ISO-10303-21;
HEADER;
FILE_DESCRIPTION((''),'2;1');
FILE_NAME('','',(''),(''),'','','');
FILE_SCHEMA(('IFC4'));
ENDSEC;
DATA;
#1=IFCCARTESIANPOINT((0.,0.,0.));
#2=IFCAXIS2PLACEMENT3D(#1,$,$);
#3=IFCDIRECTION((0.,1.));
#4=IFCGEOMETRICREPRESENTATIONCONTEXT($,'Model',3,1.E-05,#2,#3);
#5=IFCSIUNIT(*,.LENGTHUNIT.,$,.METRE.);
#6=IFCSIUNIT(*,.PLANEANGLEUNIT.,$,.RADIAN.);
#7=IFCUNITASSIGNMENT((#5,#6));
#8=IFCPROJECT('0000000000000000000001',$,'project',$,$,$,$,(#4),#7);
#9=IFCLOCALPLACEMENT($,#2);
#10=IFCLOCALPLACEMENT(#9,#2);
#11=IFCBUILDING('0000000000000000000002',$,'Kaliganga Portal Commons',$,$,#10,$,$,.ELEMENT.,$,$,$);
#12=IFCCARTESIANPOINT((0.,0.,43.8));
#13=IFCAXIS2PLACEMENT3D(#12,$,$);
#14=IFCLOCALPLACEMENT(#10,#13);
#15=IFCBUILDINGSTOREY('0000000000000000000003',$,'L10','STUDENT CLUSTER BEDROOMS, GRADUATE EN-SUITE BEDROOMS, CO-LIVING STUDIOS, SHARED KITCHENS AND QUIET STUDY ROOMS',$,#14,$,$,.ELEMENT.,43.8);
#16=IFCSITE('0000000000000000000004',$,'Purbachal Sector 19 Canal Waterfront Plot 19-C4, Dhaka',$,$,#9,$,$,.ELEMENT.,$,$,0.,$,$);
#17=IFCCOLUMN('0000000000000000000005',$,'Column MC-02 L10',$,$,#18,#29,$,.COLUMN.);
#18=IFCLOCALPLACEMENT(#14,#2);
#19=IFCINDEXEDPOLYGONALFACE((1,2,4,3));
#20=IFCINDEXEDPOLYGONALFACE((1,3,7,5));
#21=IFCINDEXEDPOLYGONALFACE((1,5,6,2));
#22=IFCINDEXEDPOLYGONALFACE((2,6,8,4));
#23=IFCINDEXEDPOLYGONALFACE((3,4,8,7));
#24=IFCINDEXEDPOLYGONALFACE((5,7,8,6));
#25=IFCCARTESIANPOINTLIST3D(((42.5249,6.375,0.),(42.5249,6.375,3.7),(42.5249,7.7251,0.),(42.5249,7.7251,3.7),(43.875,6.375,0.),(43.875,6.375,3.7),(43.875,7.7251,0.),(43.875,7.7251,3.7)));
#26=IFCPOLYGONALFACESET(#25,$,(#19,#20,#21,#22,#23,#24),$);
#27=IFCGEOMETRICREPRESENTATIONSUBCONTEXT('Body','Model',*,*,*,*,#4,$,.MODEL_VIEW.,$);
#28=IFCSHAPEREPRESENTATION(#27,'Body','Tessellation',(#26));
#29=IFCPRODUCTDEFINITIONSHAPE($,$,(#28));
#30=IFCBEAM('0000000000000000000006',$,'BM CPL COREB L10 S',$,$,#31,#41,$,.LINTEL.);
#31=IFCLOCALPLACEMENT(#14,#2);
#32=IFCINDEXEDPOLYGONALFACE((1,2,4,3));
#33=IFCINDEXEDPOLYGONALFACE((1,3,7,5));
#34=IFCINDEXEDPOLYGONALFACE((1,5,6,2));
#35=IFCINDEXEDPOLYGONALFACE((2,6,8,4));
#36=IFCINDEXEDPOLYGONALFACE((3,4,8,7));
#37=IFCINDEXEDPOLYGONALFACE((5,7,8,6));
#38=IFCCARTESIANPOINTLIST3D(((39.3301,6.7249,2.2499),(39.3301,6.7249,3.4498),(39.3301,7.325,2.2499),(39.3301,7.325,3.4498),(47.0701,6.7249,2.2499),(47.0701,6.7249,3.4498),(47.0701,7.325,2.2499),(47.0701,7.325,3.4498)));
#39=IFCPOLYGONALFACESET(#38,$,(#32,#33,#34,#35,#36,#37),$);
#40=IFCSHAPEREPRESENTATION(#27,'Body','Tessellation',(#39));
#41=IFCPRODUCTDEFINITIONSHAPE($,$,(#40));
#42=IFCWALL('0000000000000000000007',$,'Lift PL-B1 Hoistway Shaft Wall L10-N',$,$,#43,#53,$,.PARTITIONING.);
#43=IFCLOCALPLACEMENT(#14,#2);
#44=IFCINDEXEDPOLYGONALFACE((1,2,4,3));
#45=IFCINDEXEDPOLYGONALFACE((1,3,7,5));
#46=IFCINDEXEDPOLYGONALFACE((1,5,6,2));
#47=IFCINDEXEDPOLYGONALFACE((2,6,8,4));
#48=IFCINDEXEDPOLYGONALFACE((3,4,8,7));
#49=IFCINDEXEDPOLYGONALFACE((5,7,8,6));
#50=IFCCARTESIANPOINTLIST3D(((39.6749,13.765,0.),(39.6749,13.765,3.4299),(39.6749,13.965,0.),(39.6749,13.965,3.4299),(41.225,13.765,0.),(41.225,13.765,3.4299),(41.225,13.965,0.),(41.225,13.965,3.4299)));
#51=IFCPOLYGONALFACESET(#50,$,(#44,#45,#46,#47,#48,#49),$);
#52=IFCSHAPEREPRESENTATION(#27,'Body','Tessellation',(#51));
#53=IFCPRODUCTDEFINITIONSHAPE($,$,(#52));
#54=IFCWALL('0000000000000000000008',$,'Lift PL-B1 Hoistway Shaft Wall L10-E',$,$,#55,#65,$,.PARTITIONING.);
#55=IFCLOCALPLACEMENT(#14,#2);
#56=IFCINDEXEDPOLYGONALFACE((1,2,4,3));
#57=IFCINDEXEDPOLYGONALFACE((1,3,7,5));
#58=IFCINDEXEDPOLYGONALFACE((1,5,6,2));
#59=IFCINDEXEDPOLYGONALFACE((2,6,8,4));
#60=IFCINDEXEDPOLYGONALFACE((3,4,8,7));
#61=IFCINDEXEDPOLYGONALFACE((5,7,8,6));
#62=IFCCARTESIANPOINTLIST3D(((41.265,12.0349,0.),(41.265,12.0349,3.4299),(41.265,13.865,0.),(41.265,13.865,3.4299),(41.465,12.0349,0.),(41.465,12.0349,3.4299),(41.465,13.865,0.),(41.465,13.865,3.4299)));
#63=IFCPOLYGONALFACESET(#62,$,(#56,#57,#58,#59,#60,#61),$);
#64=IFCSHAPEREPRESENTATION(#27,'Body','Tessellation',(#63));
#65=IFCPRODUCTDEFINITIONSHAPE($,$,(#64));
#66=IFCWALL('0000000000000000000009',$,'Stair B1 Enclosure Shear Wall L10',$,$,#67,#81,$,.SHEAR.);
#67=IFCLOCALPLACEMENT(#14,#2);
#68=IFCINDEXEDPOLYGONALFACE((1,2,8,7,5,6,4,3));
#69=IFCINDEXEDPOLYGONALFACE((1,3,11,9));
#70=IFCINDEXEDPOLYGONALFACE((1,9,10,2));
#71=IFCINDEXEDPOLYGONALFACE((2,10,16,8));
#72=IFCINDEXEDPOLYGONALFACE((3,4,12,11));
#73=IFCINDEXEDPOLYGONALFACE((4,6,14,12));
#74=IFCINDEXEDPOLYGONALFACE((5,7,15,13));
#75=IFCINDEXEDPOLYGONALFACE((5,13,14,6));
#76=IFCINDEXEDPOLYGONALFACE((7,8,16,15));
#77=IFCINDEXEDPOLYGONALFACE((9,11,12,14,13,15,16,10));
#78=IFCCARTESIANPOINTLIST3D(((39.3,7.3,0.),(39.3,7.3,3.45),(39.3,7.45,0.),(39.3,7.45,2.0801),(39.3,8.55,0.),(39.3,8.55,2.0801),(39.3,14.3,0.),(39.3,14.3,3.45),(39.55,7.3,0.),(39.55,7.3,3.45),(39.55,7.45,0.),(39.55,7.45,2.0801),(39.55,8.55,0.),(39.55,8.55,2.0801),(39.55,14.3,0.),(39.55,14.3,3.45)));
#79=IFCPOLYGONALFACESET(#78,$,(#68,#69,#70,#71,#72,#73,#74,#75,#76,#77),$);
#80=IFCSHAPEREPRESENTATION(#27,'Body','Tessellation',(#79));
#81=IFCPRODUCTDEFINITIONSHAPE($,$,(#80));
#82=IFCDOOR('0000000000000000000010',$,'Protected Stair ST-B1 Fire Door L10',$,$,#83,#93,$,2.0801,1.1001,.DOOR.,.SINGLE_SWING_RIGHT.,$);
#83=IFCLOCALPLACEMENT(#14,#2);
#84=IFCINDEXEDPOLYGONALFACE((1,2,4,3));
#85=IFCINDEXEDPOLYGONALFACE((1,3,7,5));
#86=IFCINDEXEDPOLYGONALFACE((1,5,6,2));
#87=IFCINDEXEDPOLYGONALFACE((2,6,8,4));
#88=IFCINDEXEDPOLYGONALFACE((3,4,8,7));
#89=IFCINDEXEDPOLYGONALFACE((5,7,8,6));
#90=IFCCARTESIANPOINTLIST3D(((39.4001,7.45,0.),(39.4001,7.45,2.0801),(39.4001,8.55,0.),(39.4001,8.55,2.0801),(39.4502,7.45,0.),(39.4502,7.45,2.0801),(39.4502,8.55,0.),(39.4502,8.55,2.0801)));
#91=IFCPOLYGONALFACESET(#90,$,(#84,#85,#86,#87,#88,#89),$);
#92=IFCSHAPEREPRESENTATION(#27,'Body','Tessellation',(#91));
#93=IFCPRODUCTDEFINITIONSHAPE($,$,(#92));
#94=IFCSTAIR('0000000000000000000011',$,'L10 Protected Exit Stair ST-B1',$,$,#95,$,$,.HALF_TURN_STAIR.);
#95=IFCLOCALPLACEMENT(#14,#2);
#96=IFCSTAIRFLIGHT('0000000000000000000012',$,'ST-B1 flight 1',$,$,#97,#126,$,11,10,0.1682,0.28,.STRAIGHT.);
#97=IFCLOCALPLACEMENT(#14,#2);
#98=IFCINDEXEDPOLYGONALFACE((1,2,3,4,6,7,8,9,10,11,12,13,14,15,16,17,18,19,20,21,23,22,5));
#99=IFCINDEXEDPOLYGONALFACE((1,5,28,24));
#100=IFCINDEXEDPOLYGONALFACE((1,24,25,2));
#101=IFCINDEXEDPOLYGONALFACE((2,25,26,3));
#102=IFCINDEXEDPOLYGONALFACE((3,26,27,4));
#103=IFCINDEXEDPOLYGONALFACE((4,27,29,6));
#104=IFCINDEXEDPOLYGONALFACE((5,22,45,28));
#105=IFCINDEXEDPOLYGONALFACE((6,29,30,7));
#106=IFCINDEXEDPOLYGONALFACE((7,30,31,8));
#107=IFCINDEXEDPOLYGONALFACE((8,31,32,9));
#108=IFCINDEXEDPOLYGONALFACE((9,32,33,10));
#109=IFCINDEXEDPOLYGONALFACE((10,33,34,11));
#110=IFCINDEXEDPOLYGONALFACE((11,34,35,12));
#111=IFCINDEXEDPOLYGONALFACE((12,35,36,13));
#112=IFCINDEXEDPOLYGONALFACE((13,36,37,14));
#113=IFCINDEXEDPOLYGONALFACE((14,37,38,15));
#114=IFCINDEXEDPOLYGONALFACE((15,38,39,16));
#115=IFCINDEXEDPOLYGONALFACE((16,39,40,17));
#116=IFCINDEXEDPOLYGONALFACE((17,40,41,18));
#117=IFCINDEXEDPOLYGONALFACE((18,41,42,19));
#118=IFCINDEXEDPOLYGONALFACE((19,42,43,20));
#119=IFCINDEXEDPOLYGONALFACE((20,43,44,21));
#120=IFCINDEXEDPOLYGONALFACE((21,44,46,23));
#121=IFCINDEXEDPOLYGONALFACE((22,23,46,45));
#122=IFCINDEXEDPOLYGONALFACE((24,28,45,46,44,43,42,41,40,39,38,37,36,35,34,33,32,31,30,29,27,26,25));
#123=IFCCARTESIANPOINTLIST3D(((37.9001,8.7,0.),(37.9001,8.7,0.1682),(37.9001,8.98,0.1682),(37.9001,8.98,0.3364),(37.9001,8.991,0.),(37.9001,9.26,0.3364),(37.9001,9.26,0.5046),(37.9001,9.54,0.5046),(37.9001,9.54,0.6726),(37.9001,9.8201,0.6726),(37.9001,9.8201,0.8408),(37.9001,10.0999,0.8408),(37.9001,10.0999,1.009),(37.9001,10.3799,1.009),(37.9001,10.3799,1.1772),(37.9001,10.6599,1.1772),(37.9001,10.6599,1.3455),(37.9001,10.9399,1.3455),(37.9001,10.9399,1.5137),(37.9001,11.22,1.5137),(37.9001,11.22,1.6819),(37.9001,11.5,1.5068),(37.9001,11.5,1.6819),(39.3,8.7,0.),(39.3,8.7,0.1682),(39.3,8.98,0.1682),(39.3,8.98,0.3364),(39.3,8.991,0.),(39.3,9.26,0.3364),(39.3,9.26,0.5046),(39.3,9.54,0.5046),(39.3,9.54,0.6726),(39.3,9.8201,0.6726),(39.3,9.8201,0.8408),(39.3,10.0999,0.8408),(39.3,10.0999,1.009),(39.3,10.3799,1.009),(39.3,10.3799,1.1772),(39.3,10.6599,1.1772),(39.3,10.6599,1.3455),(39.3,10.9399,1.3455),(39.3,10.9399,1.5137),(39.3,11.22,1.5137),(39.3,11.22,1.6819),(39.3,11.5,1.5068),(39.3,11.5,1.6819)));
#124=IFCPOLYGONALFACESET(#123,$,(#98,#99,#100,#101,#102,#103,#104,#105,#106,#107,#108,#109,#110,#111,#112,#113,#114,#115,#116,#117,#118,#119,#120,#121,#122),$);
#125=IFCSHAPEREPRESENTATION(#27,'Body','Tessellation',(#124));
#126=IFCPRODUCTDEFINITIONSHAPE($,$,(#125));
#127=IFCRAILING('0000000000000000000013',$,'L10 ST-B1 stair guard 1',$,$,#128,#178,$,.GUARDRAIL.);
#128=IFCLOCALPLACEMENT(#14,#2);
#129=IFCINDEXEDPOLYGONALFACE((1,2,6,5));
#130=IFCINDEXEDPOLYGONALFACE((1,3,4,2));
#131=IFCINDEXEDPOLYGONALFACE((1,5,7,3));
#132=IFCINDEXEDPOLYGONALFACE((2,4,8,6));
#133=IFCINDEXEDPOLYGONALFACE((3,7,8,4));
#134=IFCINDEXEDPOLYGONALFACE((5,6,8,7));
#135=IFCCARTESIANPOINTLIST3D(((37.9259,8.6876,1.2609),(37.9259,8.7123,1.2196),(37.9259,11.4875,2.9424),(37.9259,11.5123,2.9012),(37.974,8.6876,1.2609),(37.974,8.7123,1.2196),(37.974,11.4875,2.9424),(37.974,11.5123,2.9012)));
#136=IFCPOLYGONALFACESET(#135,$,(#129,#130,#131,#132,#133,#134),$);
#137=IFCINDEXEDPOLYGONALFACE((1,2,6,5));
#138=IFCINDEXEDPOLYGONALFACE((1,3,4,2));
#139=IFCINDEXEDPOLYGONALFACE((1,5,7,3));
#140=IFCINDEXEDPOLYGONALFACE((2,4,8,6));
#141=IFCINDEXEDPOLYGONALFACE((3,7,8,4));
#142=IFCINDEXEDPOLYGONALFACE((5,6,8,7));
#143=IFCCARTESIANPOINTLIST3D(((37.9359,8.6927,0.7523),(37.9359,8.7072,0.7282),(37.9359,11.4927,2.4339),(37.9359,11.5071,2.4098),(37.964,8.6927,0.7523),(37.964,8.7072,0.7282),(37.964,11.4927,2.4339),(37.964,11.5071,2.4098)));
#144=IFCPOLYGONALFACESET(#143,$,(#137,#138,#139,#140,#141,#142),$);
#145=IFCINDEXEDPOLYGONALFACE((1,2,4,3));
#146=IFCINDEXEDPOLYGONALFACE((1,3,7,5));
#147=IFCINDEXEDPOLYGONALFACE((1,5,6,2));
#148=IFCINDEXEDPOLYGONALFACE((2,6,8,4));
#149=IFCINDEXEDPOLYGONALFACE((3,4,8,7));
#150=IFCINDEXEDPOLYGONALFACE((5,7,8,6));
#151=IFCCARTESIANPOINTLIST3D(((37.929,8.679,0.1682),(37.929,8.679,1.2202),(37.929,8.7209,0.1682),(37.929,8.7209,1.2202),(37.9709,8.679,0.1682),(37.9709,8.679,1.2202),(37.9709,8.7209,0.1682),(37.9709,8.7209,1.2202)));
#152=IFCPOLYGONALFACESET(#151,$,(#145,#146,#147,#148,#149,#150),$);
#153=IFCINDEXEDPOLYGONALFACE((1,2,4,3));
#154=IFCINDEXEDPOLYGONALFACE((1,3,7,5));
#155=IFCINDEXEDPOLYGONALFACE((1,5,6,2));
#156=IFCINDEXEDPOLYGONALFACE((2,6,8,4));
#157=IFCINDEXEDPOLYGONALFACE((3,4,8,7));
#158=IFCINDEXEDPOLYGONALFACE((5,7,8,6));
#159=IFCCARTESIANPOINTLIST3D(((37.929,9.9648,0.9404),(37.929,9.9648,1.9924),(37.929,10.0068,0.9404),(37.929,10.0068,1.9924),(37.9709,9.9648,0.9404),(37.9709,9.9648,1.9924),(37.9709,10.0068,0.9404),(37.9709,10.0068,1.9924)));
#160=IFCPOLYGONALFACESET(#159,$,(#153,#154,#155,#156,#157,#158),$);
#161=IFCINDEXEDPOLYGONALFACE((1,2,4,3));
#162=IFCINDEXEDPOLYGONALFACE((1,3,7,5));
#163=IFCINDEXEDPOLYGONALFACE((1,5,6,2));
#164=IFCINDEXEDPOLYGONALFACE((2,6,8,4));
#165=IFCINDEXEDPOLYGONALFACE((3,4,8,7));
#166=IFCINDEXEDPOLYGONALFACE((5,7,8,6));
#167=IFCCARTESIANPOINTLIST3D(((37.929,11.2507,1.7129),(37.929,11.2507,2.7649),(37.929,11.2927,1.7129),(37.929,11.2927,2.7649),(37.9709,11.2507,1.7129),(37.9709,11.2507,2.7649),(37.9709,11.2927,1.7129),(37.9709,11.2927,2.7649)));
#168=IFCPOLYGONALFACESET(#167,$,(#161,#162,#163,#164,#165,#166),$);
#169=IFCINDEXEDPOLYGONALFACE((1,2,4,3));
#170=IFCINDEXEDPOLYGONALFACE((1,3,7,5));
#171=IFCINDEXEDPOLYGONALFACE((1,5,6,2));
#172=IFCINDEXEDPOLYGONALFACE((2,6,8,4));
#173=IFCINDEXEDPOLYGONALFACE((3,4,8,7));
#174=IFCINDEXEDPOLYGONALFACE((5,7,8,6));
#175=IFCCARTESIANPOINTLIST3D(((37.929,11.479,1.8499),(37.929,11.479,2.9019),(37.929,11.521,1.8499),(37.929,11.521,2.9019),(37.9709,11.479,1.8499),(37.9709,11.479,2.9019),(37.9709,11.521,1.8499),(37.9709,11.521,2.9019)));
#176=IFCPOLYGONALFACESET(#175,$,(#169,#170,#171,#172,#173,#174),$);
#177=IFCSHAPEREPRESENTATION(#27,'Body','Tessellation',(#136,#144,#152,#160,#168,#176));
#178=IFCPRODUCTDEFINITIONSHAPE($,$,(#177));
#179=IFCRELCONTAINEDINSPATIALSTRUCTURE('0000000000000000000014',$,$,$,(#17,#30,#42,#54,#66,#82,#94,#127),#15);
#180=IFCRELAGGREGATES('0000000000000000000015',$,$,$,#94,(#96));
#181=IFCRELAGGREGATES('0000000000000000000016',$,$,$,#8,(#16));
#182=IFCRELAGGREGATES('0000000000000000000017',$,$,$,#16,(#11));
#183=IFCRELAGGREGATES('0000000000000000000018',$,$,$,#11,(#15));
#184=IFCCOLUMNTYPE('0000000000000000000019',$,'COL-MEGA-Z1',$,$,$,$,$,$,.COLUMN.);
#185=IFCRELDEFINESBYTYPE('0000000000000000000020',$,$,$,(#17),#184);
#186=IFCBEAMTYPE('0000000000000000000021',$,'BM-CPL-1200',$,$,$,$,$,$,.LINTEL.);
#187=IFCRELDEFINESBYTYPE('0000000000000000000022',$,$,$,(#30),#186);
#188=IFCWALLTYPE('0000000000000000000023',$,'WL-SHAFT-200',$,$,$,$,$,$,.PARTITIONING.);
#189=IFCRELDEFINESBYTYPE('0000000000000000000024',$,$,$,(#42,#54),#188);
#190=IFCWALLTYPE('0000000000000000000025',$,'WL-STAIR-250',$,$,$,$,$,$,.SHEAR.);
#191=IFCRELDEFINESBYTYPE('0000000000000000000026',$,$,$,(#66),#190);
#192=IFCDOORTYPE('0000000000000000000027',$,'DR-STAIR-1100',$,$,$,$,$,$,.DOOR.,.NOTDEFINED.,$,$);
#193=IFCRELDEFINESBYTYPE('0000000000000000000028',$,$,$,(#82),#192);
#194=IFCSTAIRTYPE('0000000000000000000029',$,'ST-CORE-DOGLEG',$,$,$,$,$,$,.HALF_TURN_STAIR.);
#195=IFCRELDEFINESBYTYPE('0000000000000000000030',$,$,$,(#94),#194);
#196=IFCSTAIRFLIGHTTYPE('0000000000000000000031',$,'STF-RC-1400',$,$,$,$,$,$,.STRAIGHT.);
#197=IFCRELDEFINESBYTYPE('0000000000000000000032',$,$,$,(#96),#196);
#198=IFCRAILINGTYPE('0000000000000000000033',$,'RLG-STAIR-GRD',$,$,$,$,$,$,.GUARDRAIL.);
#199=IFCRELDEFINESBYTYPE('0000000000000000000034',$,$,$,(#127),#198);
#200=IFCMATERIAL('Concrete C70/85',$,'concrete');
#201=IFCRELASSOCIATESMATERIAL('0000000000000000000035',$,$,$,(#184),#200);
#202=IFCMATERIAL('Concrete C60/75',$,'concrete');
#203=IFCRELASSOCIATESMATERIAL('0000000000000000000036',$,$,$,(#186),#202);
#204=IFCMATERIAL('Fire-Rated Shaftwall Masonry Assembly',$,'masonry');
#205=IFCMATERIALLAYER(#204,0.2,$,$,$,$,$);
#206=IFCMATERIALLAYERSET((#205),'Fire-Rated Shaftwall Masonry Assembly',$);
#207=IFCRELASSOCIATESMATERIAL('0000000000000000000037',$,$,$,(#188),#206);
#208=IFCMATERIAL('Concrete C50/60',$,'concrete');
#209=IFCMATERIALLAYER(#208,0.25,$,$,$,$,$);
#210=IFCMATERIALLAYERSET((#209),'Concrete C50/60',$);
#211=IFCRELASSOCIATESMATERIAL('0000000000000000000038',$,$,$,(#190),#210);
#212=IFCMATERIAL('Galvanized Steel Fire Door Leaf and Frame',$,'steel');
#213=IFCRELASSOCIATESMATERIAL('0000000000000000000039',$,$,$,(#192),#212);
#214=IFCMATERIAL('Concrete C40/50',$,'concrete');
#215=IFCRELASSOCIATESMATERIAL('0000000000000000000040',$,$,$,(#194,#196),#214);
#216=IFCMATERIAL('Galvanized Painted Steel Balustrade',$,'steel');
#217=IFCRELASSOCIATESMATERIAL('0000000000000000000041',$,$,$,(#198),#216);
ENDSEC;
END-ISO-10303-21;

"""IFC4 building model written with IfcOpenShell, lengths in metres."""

from ifc_helpers import new_model, si_unit, direction, frame, frame_2d, origin, origin_2d, place, context, subcontext, project, spatial, polyline, rectangle, outline, extrude, source, transform, mapped, material, layer, layer_set, material_profile, profile_set, type_object, element, fill, aggregate, save


model = new_model("IFC4")

# Units and contexts
model_context = context("Model", 3, precision=1e-05, world=origin(), true_north=direction((0.0, 1.0)))
body_context = subcontext(model_context, "Body", "Model", "MODEL_VIEW")
ifc_project = project(units=[si_unit("LENGTHUNIT", "METRE"), si_unit("PLANEANGLEUNIT", "RADIAN")], contexts=[model_context])

# Site, building, storey
site_placement = place(None, origin())
site = spatial("IfcSite", under=ifc_project, at=site_placement, Name="Purbachal Sector 19 Canal Waterfront Plot 19-C4, Dhaka", CompositionType="ELEMENT", RefElevation=0.0)
building_placement = place(site_placement, origin())
building = spatial("IfcBuilding", under=site, at=building_placement, Name="Kaliganga Portal Commons", CompositionType="ELEMENT")
storey_placement = place(building_placement, frame((0.0, 0.0, 43.8)))
storey = spatial("IfcBuildingStorey", under=building, at=storey_placement, Name="L10", Description="STUDENT CLUSTER BEDROOMS, GRADUATE EN-SUITE BEDROOMS, CO-LIVING STUDIOS, SHARED KITCHENS AND QUIET STUDY ROOMS", CompositionType="ELEMENT", Elevation=43.8)

# Column
ifc_material_1 = material(Name="Concrete C70/85", Category="concrete")
ifc_material_profile_1 = material_profile(ifc_material_1, rectangle(XDim=1.3501, YDim=1.3501, at=origin_2d()), Name="RC 1350x1350")
ifc_profile_set_1 = profile_set([ifc_material_profile_1], Name="Concrete C70/85")
column_type = type_object("IfcColumnType", Name="COL-MEGA-Z1", PredefinedType="COLUMN", material=ifc_profile_set_1)
shared_shape_1 = source(origin(), body_context, "Body", "SweptSolid", [
    extrude(rectangle(XDim=1.3501, YDim=1.3501, at=origin_2d()), origin(), (0.0, 0.0, 1.0), 3.7),
])
column_placement = place(storey_placement, frame((43.2, 7.05, 0.0), z_axis=(0.0, 0.0, 1.0), x_axis=(1.0, 0.0, 0.0)))
element("IfcColumn", 1, at=column_placement, inside=storey, type_object=column_type, Name="Column MC-02 L10", PredefinedType="COLUMN", context=body_context, shape_type="MappedRepresentation", body=[
    mapped(shared_shape_1, transform((0.0, 0.0, 0.0), x_axis=(1.0, 0.0, 0.0), y_axis=(0.0, 1.0, 0.0), z_axis=(0.0, 0.0, 1.0), scale=1.0)),
])

# Beam
ifc_material_2 = material(Name="Concrete C60/75", Category="concrete")
ifc_material_profile_2 = material_profile(ifc_material_2, rectangle(XDim=0.6001, YDim=1.2, at=origin_2d()), Name="RC 600x1200")
ifc_profile_set_2 = profile_set([ifc_material_profile_2], Name="Concrete C60/75")
beam_type = type_object("IfcBeamType", Name="BM-CPL-1200", PredefinedType="LINTEL", material=ifc_profile_set_2)
shared_shape_2 = source(origin(), body_context, "Body", "SweptSolid", [
    extrude(rectangle(XDim=0.6001, YDim=1.2, at=origin_2d()), origin(), (0.0, 0.0, 1.0), 7.74),
])
beam_placement = place(storey_placement, frame((39.3301, 7.0249, 2.8499), z_axis=(1.0, 0.0, 0.0), x_axis=(0.0, 1.0, 0.0)))
element("IfcBeam", 2, at=beam_placement, inside=storey, type_object=beam_type, Name="BM CPL COREB L10 S", PredefinedType="LINTEL", context=body_context, shape_type="MappedRepresentation", body=[
    mapped(shared_shape_2, transform((0.0, 0.0, 0.0), x_axis=(1.0, 0.0, 0.0), y_axis=(0.0, 1.0, 0.0), z_axis=(0.0, 0.0, 1.0), scale=1.0)),
])

# Shared definitions
ifc_material_3 = material(Name="Fire-Rated Shaftwall Masonry Assembly", Category="masonry")
ifc_layer_1 = layer(ifc_material_3, 0.2)
ifc_layer_set_1 = layer_set([ifc_layer_1], Name="Fire-Rated Shaftwall Masonry Assembly")
wall_type_1 = type_object("IfcWallType", Name="WL-SHAFT-200", PredefinedType="PARTITIONING", material=ifc_layer_set_1)

# Walls
wall_1_placement = place(storey_placement, frame((39.675, 13.865, 0.0), z_axis=(0.0, 0.0, 1.0), x_axis=(1.0, 0.0, 0.0)))
element("IfcWall", 3, at=wall_1_placement, inside=storey, type_object=wall_type_1, Name="Lift PL-B1 Hoistway Shaft Wall L10-N", PredefinedType="PARTITIONING", context=body_context, shape_type="SweptSolid", body=[
    extrude(rectangle(XDim=1.55, YDim=0.2, at=frame_2d((0.7749, 0.0))), origin(), (0.0, 0.0, 1.0), 3.4299),
])
wall_2_placement = place(storey_placement, frame((41.365, 12.0349, 0.0), z_axis=(0.0, 0.0, 1.0), x_axis=(0.0, 1.0, 0.0)))
element("IfcWall", 4, at=wall_2_placement, inside=storey, type_object=wall_type_1, Name="Lift PL-B1 Hoistway Shaft Wall L10-E", PredefinedType="PARTITIONING", context=body_context, shape_type="SweptSolid", body=[
    extrude(rectangle(XDim=1.8301, YDim=0.2, at=frame_2d((0.915, 0.0))), origin(), (0.0, 0.0, 1.0), 3.4299),
])

# Wall, opening, door
ifc_material_4 = material(Name="Concrete C50/60", Category="concrete")
ifc_layer_2 = layer(ifc_material_4, 0.25)
ifc_layer_set_2 = layer_set([ifc_layer_2], Name="Concrete C50/60")
wall_type_2 = type_object("IfcWallType", Name="WL-STAIR-250", PredefinedType="SHEAR", material=ifc_layer_set_2)
wall_3_placement = place(storey_placement, frame((39.425, 7.3, 0.0), z_axis=(0.0, 0.0, 1.0), x_axis=(0.0, 1.0, 0.0)))
wall_3 = element("IfcWall", 5, at=wall_3_placement, inside=storey, type_object=wall_type_2, Name="Stair B1 Enclosure Shear Wall L10", PredefinedType="SHEAR", context=body_context, shape_type="SweptSolid", body=[
    extrude(rectangle(XDim=7.0, YDim=0.25, at=frame_2d((3.5, 0.0))), origin(), (0.0, 0.0, 1.0), 3.45),
])
opening_1_placement = place(wall_3_placement, frame((0.1499, 0.0, 0.0)))
opening_1 = element("IfcOpeningElement", 6, at=opening_1_placement, cuts=wall_3, PredefinedType="OPENING", context=body_context, shape_type="SweptSolid", body=[
    extrude(rectangle(XDim=1.1001, YDim=2.0801, at=frame_2d((0.55, 1.04))), frame((0.0, 0.135, 0.0), z_axis=(0.0, -1.0, 0.0), x_axis=(1.0, 0.0, 0.0)), (0.0, 0.0, 1.0), 0.27),
])
ifc_material_5 = material(Name="Galvanized Steel Fire Door Leaf and Frame", Category="steel")
door_type_1 = type_object("IfcDoorType", Name="DR-STAIR-1100", OperationType="NOTDEFINED", PredefinedType="DOOR", material=ifc_material_5)
door_1_placement = place(opening_1_placement, origin())
door_1 = element("IfcDoor", 7, at=door_1_placement, inside=storey, type_object=door_type_1, Name="Protected Stair ST-B1 Fire Door L10", OperationType="SINGLE_SWING_RIGHT", OverallHeight=2.0801, OverallWidth=1.1001, PredefinedType="DOOR", context=body_context, shape_type="SweptSolid", body=[
    extrude(rectangle(XDim=1.1001, YDim=2.0801, at=frame_2d((0.55, 1.04))), frame((0.0, 0.0249, 0.0), z_axis=(0.0, -1.0, 0.0), x_axis=(1.0, 0.0, 0.0)), (0.0, 0.0, 1.0), 0.05),
])
fill(opening_1, door_1)

# Stair, stair flight
ifc_material_6 = material(Name="Concrete C40/50", Category="concrete")
stair_type = type_object("IfcStairType", Name="ST-CORE-DOGLEG", PredefinedType="HALF_TURN_STAIR", material=ifc_material_6)
stair_placement = place(storey_placement, origin())
stair = element("IfcStair", 8, at=stair_placement, inside=storey, type_object=stair_type, Name="L10 Protected Exit Stair ST-B1", PredefinedType="HALF_TURN_STAIR")
stair_flight_type = type_object("IfcStairFlightType", Name="STF-RC-1400", PredefinedType="STRAIGHT", material=ifc_material_6)
stair_flight_placement = place(storey_placement, frame((38.6001, 8.7, 0.0), z_axis=(0.0, 0.0, 1.0), x_axis=(0.0, 1.0, 0.0)))
stair_flight = element("IfcStairFlight", 9, at=stair_flight_placement, type_object=stair_flight_type, Name="ST-B1 flight 1", NumberOfRisers=11, NumberOfTreads=10, PredefinedType="STRAIGHT", RiserHeight=0.1682, TreadLength=0.28, context=body_context, shape_type="SweptSolid", body=[
    extrude(outline(polyline([(0.0, 0.0), (0.0, 0.1682), (0.28, 0.1682), (0.28, 0.3364), (0.5601, 0.3364), (0.5601, 0.5046), (0.8401, 0.5046), (0.8401, 0.6726), (1.1201, 0.6726), (1.1201, 0.8408), (1.3999, 0.8408), (1.3999, 1.009), (1.6799, 1.009), (1.6799, 1.1772), (1.96, 1.1772), (1.96, 1.3455), (2.24, 1.3455), (2.24, 1.5137), (2.52, 1.5137), (2.52, 1.6819), (2.8, 1.6819), (2.8, 1.8501), (2.8, 1.5068), (0.291, 0.0), (0.0, 0.0)])), frame((0.0, 0.7, 0.0), z_axis=(0.0, -1.0, 0.0), x_axis=(1.0, 0.0, 0.0)), (0.0, 0.0, 1.0), 1.3999),
])
aggregate(stair, [stair_flight])

# Railing
ifc_material_7 = material(Name="Galvanized Painted Steel Balustrade", Category="steel")
railing_type_1 = type_object("IfcRailingType", Name="RLG-STAIR-GRD", PredefinedType="GUARDRAIL", material=ifc_material_7)
railing_1_placement = place(storey_placement, frame((37.95, 8.7, 0.1682)))
element("IfcRailing", 10, at=railing_1_placement, inside=storey, type_object=railing_type_1, Name="L10 ST-B1 stair guard 1", PredefinedType="GUARDRAIL", context=body_context, shape_type="SweptSolid", body=[
    extrude(rectangle(XDim=0.0481, YDim=0.0481, at=origin_2d()), frame((0.0, 0.0, 1.072), z_axis=(0.0, 0.857275, 0.514858), x_axis=(-1.0, 0.0, 0.0)), (0.0, 0.0, 1.0), 3.2661),
    extrude(rectangle(XDim=0.0281, YDim=0.0281, at=origin_2d()), frame((0.0, 0.0, 0.572), z_axis=(0.0, 0.857275, 0.514858), x_axis=(-1.0, 0.0, 0.0)), (0.0, 0.0, 1.0), 3.2661),
    extrude(rectangle(XDim=0.042, YDim=0.042, at=origin_2d()), origin(), (0.0, 0.0, 1.0), 1.052),
    extrude(rectangle(XDim=0.042, YDim=0.042, at=origin_2d()), frame((0.0, 1.2859, 0.7722)), (0.0, 0.0, 1.0), 1.052),
    extrude(rectangle(XDim=0.042, YDim=0.042, at=origin_2d()), frame((0.0, 2.5718, 1.5447)), (0.0, 0.0, 1.0), 1.052),
    extrude(rectangle(XDim=0.042, YDim=0.042, at=origin_2d()), frame((0.0, 2.8, 1.6816)), (0.0, 0.0, 1.0), 1.052),
])

save(model, "model.ifc")
